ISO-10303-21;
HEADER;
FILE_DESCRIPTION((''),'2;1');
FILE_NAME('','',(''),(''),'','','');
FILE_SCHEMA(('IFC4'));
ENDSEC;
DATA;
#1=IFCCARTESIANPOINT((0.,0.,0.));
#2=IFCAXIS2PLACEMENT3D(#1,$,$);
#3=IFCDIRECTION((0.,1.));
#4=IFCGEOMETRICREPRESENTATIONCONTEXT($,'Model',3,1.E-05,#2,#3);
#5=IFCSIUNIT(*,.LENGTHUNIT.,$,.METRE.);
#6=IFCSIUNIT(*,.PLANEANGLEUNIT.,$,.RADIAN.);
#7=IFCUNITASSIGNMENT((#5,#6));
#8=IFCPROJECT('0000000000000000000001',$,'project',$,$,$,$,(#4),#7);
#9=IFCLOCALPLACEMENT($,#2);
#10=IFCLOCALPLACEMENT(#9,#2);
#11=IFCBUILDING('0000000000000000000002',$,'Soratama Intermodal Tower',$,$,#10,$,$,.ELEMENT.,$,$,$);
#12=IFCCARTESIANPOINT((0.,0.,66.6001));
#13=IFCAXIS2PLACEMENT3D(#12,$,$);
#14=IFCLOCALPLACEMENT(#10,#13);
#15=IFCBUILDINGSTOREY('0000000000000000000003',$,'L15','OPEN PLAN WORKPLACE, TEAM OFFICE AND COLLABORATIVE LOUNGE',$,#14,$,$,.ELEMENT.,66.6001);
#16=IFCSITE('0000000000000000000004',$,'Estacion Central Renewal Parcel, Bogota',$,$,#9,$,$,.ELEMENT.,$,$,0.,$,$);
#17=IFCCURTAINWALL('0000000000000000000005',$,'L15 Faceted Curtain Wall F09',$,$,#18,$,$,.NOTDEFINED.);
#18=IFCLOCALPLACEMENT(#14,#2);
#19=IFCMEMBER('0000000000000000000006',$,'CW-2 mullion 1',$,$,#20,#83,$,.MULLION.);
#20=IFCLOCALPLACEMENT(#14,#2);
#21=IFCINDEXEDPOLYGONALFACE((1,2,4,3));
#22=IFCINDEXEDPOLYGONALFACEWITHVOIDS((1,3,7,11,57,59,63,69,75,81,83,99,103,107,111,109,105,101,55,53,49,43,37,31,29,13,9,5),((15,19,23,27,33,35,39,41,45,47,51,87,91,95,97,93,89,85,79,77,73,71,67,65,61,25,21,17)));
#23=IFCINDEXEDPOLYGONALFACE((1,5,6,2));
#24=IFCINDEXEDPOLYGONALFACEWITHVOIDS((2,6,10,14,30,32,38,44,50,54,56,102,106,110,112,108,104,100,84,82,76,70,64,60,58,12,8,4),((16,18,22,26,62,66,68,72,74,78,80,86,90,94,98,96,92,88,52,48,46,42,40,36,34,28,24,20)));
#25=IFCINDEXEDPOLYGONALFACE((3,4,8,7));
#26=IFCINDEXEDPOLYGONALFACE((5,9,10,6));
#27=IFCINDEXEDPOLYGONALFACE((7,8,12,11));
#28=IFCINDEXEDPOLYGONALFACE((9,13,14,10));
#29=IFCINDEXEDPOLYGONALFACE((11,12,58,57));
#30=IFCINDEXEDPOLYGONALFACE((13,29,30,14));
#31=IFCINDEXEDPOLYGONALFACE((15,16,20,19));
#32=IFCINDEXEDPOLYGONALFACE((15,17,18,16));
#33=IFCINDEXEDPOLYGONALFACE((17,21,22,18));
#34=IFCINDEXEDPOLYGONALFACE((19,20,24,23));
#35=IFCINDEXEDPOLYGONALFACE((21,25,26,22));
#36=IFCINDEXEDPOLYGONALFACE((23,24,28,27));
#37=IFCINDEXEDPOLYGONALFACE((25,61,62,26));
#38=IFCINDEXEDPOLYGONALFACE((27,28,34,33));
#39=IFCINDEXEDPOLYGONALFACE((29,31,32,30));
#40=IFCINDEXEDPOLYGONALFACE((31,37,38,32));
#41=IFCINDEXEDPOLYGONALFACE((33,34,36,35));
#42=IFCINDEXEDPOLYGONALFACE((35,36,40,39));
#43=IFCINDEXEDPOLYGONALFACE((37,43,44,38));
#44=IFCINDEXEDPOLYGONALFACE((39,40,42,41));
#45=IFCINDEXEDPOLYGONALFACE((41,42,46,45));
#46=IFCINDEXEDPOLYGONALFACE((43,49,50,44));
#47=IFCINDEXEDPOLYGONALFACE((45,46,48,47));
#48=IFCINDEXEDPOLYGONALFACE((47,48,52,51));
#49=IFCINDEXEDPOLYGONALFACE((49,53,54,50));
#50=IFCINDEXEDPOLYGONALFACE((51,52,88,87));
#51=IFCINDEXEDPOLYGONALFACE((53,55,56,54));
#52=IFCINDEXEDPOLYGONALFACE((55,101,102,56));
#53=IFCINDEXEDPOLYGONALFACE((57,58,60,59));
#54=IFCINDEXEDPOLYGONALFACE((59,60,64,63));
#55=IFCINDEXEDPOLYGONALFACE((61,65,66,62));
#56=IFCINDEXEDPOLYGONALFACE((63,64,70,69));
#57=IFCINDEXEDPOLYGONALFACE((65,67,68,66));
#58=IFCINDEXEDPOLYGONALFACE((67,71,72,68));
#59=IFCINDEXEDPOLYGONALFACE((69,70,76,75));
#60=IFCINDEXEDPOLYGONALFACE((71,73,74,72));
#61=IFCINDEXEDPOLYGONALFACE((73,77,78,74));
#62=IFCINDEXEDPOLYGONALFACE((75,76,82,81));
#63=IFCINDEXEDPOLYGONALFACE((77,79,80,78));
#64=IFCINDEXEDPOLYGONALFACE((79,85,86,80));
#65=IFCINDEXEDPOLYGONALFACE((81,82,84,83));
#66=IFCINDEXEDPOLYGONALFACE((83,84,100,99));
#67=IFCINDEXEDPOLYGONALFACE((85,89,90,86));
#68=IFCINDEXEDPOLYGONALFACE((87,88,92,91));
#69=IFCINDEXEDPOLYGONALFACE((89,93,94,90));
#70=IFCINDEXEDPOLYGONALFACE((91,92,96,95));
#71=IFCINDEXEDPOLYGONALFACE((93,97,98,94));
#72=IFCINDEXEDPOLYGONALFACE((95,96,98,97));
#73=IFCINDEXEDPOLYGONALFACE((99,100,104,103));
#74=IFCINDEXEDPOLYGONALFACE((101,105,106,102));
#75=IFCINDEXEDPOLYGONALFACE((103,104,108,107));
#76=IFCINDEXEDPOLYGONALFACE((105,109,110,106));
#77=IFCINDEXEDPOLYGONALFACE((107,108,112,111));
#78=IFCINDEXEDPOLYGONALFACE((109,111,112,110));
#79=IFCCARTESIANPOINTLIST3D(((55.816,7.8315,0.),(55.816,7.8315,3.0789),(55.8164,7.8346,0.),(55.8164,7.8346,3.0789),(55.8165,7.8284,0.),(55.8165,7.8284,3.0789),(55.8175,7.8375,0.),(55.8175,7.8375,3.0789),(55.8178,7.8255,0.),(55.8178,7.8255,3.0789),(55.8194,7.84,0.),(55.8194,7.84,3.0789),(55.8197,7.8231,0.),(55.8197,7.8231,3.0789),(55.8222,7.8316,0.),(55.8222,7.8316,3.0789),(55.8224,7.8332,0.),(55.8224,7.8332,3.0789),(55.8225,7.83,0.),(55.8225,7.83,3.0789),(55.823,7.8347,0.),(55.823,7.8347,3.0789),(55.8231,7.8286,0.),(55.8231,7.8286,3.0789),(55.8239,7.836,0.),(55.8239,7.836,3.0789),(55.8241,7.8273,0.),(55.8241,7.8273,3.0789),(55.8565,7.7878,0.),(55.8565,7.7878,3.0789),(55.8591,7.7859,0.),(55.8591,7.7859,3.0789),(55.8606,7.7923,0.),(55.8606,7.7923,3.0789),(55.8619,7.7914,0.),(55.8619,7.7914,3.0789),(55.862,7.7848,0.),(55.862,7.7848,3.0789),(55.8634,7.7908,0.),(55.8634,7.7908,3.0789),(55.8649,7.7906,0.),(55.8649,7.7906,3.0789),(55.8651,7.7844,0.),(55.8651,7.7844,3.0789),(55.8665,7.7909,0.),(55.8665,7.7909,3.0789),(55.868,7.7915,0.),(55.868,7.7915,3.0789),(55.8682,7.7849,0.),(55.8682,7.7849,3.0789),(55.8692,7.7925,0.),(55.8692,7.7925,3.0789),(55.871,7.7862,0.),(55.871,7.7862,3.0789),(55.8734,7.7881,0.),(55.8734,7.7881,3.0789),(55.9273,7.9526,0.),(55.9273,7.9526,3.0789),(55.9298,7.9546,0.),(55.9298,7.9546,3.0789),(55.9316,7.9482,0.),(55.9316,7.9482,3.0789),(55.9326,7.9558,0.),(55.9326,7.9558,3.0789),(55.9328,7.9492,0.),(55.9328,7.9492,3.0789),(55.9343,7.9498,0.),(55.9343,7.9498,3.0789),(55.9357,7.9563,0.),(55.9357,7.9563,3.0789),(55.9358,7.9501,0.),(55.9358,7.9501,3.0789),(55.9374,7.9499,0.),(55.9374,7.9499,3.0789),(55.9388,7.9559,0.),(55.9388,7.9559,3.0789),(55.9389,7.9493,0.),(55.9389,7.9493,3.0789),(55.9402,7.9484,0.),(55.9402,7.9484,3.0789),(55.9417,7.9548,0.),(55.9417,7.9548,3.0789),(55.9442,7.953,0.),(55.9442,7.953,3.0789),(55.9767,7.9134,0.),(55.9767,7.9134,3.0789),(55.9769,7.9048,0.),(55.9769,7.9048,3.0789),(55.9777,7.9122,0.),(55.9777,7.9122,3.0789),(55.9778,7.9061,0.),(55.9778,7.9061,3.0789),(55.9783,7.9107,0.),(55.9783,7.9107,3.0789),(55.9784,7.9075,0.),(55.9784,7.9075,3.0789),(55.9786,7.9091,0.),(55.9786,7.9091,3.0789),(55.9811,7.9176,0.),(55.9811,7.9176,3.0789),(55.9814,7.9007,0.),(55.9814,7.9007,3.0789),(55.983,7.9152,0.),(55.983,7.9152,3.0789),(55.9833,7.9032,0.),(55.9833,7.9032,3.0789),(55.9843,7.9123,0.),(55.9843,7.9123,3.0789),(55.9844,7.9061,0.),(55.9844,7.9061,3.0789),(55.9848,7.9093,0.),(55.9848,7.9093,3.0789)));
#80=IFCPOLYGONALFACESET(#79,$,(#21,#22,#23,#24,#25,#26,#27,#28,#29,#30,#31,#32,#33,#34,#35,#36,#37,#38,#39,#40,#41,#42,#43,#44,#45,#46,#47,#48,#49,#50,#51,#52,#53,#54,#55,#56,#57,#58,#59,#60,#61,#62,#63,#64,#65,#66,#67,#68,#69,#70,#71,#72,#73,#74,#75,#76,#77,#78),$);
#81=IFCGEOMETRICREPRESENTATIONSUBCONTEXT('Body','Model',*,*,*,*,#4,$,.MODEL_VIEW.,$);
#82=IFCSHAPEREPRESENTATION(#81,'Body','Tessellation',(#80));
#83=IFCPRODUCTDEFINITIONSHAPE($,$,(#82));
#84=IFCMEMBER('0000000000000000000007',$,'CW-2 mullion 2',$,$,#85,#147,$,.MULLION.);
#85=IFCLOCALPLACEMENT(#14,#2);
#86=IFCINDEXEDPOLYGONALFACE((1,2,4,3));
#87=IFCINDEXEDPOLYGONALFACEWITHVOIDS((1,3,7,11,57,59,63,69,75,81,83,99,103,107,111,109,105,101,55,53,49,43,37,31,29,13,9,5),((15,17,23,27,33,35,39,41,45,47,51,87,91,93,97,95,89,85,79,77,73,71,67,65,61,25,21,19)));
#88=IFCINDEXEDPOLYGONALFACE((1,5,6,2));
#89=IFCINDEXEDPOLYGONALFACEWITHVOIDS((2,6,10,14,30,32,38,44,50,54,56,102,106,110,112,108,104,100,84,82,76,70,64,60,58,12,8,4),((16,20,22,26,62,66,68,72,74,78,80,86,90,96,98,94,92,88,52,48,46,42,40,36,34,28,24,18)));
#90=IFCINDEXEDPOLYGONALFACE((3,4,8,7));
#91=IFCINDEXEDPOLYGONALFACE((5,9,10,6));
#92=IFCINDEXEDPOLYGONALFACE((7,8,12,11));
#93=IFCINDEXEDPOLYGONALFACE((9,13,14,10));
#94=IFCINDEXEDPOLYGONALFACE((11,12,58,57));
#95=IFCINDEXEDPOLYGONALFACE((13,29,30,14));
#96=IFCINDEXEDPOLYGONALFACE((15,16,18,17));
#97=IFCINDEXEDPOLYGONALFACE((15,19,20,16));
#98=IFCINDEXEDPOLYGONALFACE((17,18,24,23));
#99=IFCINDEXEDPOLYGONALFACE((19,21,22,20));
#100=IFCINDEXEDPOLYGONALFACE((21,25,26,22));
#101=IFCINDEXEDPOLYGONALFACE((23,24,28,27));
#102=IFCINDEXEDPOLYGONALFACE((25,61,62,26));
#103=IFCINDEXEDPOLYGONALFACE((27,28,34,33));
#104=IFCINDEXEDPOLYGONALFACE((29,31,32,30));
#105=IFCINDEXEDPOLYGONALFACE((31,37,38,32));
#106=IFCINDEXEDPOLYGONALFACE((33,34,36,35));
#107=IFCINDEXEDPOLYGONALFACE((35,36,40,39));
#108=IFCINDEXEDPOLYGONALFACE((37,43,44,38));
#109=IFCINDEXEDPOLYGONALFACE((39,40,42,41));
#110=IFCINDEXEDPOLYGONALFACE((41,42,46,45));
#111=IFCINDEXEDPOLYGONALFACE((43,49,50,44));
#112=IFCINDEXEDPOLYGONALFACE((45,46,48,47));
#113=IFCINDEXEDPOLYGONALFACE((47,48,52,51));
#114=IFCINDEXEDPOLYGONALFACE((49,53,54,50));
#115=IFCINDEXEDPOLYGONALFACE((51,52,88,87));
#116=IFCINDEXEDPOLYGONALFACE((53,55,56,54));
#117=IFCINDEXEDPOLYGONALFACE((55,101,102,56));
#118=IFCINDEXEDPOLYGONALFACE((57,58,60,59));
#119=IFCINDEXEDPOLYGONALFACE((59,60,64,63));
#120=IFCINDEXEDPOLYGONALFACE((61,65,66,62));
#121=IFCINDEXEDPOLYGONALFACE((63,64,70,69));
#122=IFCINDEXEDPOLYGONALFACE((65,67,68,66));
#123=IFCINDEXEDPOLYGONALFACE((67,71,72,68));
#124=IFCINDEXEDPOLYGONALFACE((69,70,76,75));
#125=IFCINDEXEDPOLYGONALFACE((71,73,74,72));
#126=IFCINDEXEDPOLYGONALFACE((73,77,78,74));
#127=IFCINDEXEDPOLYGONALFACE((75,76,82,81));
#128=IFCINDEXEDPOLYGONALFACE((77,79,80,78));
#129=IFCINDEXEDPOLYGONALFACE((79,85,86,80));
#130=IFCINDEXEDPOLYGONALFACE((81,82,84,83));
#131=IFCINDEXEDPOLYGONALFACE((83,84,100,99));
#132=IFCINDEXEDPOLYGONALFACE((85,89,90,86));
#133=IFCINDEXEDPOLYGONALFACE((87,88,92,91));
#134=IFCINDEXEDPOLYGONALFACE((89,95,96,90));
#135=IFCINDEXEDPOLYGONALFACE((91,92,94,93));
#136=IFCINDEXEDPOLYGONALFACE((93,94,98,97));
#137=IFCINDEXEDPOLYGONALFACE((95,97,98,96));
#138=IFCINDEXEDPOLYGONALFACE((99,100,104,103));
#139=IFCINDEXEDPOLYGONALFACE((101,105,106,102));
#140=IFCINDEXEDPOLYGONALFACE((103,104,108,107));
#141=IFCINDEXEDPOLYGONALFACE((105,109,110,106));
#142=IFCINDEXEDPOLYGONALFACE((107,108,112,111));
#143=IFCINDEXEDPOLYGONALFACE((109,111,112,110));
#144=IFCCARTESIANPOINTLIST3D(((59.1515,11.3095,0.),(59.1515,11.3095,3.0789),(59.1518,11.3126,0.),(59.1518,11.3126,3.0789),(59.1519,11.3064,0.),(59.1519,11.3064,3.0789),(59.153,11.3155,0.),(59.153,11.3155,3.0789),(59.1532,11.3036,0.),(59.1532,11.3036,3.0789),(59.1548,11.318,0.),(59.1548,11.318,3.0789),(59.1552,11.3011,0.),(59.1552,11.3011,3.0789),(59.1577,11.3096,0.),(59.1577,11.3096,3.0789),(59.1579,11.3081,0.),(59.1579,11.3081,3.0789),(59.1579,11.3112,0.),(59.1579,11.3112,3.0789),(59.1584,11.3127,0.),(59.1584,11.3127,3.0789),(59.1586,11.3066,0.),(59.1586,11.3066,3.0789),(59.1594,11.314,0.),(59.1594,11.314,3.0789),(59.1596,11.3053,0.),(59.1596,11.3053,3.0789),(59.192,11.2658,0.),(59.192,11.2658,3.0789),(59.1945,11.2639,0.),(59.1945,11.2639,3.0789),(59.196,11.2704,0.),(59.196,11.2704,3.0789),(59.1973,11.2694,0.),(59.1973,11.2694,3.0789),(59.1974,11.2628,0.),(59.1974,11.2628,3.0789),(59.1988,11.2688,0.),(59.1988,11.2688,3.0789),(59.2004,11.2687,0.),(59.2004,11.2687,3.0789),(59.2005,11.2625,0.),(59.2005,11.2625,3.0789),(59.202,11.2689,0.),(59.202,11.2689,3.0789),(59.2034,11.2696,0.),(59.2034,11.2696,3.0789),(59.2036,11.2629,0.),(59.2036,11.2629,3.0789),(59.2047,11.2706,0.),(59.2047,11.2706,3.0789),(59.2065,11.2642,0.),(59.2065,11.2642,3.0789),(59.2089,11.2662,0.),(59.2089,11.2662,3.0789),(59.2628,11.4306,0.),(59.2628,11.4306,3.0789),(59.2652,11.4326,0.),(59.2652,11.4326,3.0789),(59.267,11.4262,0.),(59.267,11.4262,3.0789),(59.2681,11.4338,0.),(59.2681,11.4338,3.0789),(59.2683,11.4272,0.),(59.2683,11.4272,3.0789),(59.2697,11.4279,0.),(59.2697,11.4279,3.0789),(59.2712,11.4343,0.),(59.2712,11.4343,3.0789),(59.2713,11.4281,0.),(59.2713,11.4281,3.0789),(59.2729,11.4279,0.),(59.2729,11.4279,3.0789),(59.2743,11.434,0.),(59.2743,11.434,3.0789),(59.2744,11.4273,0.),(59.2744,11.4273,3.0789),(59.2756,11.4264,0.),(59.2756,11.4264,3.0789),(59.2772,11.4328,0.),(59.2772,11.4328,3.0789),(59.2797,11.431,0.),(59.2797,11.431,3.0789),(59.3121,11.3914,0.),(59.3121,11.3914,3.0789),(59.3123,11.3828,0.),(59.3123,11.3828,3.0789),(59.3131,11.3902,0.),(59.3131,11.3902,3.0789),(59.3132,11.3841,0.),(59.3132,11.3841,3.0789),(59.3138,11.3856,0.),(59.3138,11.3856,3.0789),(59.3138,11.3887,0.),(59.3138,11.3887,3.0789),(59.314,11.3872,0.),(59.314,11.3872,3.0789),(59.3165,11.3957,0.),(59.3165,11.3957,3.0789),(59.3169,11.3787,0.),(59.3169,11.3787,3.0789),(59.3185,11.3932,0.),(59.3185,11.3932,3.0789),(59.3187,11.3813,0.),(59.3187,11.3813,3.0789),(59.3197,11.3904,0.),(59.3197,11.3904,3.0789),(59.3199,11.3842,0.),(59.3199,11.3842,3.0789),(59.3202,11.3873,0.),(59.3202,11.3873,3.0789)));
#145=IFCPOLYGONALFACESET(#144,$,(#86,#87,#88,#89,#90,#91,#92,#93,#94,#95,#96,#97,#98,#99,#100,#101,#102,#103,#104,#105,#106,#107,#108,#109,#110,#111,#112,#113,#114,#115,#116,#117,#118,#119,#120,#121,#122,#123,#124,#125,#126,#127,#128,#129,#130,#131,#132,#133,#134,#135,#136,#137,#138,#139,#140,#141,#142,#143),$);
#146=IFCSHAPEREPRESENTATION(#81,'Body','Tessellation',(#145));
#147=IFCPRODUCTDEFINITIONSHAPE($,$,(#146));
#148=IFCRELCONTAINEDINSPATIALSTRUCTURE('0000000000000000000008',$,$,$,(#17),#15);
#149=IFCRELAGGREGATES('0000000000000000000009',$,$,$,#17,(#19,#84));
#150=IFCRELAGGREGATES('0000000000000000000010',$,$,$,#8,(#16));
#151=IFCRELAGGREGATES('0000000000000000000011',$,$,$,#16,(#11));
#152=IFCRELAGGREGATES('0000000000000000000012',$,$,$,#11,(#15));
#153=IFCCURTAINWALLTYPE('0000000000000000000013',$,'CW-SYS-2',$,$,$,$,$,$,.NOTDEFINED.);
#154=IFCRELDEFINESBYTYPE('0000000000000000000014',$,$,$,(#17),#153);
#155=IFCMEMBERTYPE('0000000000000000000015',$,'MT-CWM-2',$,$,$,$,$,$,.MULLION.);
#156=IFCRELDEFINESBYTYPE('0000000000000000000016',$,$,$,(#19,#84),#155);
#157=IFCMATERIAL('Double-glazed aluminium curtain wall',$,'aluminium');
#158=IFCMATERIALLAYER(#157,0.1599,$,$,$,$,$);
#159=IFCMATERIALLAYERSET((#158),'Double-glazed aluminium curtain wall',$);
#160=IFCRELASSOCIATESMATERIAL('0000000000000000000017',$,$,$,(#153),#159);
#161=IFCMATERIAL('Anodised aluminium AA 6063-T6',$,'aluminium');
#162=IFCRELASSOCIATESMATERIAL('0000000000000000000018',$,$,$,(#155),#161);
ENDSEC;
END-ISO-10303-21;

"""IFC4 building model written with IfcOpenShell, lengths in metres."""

from ifc_helpers import new_model, si_unit, direction, frame, origin, origin_2d, place, context, subcontext, project, spatial, hollow_rectangle, extrude, material, layer, layer_set, material_profile, profile_set, type_object, element, aggregate, save


model = new_model("IFC4")

# Units and contexts
model_context = context("Model", 3, precision=1e-05, world=origin(), true_north=direction((0.0, 1.0)))
body_context = subcontext(model_context, "Body", "Model", "MODEL_VIEW")
ifc_project = project(units=[si_unit("LENGTHUNIT", "METRE"), si_unit("PLANEANGLEUNIT", "RADIAN")], contexts=[model_context])

# Site, building, storey
site_placement = place(None, origin())
site = spatial("IfcSite", under=ifc_project, at=site_placement, Name="Estacion Central Renewal Parcel, Bogota", CompositionType="ELEMENT", RefElevation=0.0)
building_placement = place(site_placement, origin())
building = spatial("IfcBuilding", under=site, at=building_placement, Name="Soratama Intermodal Tower", CompositionType="ELEMENT")
storey_placement = place(building_placement, frame((0.0, 0.0, 66.6001)))
storey = spatial("IfcBuildingStorey", under=building, at=storey_placement, Name="L15", Description="OPEN PLAN WORKPLACE, TEAM OFFICE AND COLLABORATIVE LOUNGE", CompositionType="ELEMENT", Elevation=66.6001)

# Curtain wall, members
ifc_material_1 = material(Name="Double-glazed aluminium curtain wall", Category="aluminium")
ifc_layer_1 = layer(ifc_material_1, 0.1599)
ifc_layer_set_1 = layer_set([ifc_layer_1], Name="Double-glazed aluminium curtain wall")
curtain_wall_type = type_object("IfcCurtainWallType", Name="CW-SYS-2", PredefinedType="NOTDEFINED", material=ifc_layer_set_1)
curtain_wall_placement = place(storey_placement, origin())
curtain_wall = element("IfcCurtainWall", 1, at=curtain_wall_placement, inside=storey, type_object=curtain_wall_type, Name="L15 Faceted Curtain Wall F09", PredefinedType="NOTDEFINED")
ifc_material_2 = material(Name="Anodised aluminium AA 6063-T6", Category="aluminium")
ifc_material_profile_1 = material_profile(ifc_material_2, hollow_rectangle(XDim=0.075, YDim=0.1799, WallThickness=0.0061, InnerFilletRadius=0.0061, OuterFilletRadius=0.012, at=origin_2d()), Name="CWM180X75X6")
ifc_profile_set_1 = profile_set([ifc_material_profile_1], Name="Anodised aluminium AA 6063-T6")
member_type_1 = type_object("IfcMemberType", Name="MT-CWM-2", PredefinedType="MULLION", material=ifc_profile_set_1)
member_1_placement = place(storey_placement, frame((55.9004, 7.8704, 0.0), z_axis=(0.0, 0.0, 1.0), x_axis=(-0.721759, 0.692145, 0.0)))
member_1 = element("IfcMember", 2, at=member_1_placement, type_object=member_type_1, Name="CW-2 mullion 1", PredefinedType="MULLION", context=body_context, shape_type="SweptSolid", body=[
    extrude(hollow_rectangle(XDim=0.075, YDim=0.1799, WallThickness=0.0061, InnerFilletRadius=0.0061, OuterFilletRadius=0.012, at=origin_2d()), origin(), (0.0, 0.0, 1.0), 3.0789),
])
member_2_placement = place(storey_placement, frame((59.2358, 11.3484, 0.0), z_axis=(0.0, 0.0, 1.0), x_axis=(-0.721759, 0.692145, 0.0)))
member_2 = element("IfcMember", 3, at=member_2_placement, type_object=member_type_1, Name="CW-2 mullion 2", PredefinedType="MULLION", context=body_context, shape_type="SweptSolid", body=[
    extrude(hollow_rectangle(XDim=0.075, YDim=0.1799, WallThickness=0.0061, InnerFilletRadius=0.0061, OuterFilletRadius=0.012, at=origin_2d()), origin(), (0.0, 0.0, 1.0), 3.0789),
])
aggregate(curtain_wall, [member_1, member_2])

save(model, "model.ifc")
